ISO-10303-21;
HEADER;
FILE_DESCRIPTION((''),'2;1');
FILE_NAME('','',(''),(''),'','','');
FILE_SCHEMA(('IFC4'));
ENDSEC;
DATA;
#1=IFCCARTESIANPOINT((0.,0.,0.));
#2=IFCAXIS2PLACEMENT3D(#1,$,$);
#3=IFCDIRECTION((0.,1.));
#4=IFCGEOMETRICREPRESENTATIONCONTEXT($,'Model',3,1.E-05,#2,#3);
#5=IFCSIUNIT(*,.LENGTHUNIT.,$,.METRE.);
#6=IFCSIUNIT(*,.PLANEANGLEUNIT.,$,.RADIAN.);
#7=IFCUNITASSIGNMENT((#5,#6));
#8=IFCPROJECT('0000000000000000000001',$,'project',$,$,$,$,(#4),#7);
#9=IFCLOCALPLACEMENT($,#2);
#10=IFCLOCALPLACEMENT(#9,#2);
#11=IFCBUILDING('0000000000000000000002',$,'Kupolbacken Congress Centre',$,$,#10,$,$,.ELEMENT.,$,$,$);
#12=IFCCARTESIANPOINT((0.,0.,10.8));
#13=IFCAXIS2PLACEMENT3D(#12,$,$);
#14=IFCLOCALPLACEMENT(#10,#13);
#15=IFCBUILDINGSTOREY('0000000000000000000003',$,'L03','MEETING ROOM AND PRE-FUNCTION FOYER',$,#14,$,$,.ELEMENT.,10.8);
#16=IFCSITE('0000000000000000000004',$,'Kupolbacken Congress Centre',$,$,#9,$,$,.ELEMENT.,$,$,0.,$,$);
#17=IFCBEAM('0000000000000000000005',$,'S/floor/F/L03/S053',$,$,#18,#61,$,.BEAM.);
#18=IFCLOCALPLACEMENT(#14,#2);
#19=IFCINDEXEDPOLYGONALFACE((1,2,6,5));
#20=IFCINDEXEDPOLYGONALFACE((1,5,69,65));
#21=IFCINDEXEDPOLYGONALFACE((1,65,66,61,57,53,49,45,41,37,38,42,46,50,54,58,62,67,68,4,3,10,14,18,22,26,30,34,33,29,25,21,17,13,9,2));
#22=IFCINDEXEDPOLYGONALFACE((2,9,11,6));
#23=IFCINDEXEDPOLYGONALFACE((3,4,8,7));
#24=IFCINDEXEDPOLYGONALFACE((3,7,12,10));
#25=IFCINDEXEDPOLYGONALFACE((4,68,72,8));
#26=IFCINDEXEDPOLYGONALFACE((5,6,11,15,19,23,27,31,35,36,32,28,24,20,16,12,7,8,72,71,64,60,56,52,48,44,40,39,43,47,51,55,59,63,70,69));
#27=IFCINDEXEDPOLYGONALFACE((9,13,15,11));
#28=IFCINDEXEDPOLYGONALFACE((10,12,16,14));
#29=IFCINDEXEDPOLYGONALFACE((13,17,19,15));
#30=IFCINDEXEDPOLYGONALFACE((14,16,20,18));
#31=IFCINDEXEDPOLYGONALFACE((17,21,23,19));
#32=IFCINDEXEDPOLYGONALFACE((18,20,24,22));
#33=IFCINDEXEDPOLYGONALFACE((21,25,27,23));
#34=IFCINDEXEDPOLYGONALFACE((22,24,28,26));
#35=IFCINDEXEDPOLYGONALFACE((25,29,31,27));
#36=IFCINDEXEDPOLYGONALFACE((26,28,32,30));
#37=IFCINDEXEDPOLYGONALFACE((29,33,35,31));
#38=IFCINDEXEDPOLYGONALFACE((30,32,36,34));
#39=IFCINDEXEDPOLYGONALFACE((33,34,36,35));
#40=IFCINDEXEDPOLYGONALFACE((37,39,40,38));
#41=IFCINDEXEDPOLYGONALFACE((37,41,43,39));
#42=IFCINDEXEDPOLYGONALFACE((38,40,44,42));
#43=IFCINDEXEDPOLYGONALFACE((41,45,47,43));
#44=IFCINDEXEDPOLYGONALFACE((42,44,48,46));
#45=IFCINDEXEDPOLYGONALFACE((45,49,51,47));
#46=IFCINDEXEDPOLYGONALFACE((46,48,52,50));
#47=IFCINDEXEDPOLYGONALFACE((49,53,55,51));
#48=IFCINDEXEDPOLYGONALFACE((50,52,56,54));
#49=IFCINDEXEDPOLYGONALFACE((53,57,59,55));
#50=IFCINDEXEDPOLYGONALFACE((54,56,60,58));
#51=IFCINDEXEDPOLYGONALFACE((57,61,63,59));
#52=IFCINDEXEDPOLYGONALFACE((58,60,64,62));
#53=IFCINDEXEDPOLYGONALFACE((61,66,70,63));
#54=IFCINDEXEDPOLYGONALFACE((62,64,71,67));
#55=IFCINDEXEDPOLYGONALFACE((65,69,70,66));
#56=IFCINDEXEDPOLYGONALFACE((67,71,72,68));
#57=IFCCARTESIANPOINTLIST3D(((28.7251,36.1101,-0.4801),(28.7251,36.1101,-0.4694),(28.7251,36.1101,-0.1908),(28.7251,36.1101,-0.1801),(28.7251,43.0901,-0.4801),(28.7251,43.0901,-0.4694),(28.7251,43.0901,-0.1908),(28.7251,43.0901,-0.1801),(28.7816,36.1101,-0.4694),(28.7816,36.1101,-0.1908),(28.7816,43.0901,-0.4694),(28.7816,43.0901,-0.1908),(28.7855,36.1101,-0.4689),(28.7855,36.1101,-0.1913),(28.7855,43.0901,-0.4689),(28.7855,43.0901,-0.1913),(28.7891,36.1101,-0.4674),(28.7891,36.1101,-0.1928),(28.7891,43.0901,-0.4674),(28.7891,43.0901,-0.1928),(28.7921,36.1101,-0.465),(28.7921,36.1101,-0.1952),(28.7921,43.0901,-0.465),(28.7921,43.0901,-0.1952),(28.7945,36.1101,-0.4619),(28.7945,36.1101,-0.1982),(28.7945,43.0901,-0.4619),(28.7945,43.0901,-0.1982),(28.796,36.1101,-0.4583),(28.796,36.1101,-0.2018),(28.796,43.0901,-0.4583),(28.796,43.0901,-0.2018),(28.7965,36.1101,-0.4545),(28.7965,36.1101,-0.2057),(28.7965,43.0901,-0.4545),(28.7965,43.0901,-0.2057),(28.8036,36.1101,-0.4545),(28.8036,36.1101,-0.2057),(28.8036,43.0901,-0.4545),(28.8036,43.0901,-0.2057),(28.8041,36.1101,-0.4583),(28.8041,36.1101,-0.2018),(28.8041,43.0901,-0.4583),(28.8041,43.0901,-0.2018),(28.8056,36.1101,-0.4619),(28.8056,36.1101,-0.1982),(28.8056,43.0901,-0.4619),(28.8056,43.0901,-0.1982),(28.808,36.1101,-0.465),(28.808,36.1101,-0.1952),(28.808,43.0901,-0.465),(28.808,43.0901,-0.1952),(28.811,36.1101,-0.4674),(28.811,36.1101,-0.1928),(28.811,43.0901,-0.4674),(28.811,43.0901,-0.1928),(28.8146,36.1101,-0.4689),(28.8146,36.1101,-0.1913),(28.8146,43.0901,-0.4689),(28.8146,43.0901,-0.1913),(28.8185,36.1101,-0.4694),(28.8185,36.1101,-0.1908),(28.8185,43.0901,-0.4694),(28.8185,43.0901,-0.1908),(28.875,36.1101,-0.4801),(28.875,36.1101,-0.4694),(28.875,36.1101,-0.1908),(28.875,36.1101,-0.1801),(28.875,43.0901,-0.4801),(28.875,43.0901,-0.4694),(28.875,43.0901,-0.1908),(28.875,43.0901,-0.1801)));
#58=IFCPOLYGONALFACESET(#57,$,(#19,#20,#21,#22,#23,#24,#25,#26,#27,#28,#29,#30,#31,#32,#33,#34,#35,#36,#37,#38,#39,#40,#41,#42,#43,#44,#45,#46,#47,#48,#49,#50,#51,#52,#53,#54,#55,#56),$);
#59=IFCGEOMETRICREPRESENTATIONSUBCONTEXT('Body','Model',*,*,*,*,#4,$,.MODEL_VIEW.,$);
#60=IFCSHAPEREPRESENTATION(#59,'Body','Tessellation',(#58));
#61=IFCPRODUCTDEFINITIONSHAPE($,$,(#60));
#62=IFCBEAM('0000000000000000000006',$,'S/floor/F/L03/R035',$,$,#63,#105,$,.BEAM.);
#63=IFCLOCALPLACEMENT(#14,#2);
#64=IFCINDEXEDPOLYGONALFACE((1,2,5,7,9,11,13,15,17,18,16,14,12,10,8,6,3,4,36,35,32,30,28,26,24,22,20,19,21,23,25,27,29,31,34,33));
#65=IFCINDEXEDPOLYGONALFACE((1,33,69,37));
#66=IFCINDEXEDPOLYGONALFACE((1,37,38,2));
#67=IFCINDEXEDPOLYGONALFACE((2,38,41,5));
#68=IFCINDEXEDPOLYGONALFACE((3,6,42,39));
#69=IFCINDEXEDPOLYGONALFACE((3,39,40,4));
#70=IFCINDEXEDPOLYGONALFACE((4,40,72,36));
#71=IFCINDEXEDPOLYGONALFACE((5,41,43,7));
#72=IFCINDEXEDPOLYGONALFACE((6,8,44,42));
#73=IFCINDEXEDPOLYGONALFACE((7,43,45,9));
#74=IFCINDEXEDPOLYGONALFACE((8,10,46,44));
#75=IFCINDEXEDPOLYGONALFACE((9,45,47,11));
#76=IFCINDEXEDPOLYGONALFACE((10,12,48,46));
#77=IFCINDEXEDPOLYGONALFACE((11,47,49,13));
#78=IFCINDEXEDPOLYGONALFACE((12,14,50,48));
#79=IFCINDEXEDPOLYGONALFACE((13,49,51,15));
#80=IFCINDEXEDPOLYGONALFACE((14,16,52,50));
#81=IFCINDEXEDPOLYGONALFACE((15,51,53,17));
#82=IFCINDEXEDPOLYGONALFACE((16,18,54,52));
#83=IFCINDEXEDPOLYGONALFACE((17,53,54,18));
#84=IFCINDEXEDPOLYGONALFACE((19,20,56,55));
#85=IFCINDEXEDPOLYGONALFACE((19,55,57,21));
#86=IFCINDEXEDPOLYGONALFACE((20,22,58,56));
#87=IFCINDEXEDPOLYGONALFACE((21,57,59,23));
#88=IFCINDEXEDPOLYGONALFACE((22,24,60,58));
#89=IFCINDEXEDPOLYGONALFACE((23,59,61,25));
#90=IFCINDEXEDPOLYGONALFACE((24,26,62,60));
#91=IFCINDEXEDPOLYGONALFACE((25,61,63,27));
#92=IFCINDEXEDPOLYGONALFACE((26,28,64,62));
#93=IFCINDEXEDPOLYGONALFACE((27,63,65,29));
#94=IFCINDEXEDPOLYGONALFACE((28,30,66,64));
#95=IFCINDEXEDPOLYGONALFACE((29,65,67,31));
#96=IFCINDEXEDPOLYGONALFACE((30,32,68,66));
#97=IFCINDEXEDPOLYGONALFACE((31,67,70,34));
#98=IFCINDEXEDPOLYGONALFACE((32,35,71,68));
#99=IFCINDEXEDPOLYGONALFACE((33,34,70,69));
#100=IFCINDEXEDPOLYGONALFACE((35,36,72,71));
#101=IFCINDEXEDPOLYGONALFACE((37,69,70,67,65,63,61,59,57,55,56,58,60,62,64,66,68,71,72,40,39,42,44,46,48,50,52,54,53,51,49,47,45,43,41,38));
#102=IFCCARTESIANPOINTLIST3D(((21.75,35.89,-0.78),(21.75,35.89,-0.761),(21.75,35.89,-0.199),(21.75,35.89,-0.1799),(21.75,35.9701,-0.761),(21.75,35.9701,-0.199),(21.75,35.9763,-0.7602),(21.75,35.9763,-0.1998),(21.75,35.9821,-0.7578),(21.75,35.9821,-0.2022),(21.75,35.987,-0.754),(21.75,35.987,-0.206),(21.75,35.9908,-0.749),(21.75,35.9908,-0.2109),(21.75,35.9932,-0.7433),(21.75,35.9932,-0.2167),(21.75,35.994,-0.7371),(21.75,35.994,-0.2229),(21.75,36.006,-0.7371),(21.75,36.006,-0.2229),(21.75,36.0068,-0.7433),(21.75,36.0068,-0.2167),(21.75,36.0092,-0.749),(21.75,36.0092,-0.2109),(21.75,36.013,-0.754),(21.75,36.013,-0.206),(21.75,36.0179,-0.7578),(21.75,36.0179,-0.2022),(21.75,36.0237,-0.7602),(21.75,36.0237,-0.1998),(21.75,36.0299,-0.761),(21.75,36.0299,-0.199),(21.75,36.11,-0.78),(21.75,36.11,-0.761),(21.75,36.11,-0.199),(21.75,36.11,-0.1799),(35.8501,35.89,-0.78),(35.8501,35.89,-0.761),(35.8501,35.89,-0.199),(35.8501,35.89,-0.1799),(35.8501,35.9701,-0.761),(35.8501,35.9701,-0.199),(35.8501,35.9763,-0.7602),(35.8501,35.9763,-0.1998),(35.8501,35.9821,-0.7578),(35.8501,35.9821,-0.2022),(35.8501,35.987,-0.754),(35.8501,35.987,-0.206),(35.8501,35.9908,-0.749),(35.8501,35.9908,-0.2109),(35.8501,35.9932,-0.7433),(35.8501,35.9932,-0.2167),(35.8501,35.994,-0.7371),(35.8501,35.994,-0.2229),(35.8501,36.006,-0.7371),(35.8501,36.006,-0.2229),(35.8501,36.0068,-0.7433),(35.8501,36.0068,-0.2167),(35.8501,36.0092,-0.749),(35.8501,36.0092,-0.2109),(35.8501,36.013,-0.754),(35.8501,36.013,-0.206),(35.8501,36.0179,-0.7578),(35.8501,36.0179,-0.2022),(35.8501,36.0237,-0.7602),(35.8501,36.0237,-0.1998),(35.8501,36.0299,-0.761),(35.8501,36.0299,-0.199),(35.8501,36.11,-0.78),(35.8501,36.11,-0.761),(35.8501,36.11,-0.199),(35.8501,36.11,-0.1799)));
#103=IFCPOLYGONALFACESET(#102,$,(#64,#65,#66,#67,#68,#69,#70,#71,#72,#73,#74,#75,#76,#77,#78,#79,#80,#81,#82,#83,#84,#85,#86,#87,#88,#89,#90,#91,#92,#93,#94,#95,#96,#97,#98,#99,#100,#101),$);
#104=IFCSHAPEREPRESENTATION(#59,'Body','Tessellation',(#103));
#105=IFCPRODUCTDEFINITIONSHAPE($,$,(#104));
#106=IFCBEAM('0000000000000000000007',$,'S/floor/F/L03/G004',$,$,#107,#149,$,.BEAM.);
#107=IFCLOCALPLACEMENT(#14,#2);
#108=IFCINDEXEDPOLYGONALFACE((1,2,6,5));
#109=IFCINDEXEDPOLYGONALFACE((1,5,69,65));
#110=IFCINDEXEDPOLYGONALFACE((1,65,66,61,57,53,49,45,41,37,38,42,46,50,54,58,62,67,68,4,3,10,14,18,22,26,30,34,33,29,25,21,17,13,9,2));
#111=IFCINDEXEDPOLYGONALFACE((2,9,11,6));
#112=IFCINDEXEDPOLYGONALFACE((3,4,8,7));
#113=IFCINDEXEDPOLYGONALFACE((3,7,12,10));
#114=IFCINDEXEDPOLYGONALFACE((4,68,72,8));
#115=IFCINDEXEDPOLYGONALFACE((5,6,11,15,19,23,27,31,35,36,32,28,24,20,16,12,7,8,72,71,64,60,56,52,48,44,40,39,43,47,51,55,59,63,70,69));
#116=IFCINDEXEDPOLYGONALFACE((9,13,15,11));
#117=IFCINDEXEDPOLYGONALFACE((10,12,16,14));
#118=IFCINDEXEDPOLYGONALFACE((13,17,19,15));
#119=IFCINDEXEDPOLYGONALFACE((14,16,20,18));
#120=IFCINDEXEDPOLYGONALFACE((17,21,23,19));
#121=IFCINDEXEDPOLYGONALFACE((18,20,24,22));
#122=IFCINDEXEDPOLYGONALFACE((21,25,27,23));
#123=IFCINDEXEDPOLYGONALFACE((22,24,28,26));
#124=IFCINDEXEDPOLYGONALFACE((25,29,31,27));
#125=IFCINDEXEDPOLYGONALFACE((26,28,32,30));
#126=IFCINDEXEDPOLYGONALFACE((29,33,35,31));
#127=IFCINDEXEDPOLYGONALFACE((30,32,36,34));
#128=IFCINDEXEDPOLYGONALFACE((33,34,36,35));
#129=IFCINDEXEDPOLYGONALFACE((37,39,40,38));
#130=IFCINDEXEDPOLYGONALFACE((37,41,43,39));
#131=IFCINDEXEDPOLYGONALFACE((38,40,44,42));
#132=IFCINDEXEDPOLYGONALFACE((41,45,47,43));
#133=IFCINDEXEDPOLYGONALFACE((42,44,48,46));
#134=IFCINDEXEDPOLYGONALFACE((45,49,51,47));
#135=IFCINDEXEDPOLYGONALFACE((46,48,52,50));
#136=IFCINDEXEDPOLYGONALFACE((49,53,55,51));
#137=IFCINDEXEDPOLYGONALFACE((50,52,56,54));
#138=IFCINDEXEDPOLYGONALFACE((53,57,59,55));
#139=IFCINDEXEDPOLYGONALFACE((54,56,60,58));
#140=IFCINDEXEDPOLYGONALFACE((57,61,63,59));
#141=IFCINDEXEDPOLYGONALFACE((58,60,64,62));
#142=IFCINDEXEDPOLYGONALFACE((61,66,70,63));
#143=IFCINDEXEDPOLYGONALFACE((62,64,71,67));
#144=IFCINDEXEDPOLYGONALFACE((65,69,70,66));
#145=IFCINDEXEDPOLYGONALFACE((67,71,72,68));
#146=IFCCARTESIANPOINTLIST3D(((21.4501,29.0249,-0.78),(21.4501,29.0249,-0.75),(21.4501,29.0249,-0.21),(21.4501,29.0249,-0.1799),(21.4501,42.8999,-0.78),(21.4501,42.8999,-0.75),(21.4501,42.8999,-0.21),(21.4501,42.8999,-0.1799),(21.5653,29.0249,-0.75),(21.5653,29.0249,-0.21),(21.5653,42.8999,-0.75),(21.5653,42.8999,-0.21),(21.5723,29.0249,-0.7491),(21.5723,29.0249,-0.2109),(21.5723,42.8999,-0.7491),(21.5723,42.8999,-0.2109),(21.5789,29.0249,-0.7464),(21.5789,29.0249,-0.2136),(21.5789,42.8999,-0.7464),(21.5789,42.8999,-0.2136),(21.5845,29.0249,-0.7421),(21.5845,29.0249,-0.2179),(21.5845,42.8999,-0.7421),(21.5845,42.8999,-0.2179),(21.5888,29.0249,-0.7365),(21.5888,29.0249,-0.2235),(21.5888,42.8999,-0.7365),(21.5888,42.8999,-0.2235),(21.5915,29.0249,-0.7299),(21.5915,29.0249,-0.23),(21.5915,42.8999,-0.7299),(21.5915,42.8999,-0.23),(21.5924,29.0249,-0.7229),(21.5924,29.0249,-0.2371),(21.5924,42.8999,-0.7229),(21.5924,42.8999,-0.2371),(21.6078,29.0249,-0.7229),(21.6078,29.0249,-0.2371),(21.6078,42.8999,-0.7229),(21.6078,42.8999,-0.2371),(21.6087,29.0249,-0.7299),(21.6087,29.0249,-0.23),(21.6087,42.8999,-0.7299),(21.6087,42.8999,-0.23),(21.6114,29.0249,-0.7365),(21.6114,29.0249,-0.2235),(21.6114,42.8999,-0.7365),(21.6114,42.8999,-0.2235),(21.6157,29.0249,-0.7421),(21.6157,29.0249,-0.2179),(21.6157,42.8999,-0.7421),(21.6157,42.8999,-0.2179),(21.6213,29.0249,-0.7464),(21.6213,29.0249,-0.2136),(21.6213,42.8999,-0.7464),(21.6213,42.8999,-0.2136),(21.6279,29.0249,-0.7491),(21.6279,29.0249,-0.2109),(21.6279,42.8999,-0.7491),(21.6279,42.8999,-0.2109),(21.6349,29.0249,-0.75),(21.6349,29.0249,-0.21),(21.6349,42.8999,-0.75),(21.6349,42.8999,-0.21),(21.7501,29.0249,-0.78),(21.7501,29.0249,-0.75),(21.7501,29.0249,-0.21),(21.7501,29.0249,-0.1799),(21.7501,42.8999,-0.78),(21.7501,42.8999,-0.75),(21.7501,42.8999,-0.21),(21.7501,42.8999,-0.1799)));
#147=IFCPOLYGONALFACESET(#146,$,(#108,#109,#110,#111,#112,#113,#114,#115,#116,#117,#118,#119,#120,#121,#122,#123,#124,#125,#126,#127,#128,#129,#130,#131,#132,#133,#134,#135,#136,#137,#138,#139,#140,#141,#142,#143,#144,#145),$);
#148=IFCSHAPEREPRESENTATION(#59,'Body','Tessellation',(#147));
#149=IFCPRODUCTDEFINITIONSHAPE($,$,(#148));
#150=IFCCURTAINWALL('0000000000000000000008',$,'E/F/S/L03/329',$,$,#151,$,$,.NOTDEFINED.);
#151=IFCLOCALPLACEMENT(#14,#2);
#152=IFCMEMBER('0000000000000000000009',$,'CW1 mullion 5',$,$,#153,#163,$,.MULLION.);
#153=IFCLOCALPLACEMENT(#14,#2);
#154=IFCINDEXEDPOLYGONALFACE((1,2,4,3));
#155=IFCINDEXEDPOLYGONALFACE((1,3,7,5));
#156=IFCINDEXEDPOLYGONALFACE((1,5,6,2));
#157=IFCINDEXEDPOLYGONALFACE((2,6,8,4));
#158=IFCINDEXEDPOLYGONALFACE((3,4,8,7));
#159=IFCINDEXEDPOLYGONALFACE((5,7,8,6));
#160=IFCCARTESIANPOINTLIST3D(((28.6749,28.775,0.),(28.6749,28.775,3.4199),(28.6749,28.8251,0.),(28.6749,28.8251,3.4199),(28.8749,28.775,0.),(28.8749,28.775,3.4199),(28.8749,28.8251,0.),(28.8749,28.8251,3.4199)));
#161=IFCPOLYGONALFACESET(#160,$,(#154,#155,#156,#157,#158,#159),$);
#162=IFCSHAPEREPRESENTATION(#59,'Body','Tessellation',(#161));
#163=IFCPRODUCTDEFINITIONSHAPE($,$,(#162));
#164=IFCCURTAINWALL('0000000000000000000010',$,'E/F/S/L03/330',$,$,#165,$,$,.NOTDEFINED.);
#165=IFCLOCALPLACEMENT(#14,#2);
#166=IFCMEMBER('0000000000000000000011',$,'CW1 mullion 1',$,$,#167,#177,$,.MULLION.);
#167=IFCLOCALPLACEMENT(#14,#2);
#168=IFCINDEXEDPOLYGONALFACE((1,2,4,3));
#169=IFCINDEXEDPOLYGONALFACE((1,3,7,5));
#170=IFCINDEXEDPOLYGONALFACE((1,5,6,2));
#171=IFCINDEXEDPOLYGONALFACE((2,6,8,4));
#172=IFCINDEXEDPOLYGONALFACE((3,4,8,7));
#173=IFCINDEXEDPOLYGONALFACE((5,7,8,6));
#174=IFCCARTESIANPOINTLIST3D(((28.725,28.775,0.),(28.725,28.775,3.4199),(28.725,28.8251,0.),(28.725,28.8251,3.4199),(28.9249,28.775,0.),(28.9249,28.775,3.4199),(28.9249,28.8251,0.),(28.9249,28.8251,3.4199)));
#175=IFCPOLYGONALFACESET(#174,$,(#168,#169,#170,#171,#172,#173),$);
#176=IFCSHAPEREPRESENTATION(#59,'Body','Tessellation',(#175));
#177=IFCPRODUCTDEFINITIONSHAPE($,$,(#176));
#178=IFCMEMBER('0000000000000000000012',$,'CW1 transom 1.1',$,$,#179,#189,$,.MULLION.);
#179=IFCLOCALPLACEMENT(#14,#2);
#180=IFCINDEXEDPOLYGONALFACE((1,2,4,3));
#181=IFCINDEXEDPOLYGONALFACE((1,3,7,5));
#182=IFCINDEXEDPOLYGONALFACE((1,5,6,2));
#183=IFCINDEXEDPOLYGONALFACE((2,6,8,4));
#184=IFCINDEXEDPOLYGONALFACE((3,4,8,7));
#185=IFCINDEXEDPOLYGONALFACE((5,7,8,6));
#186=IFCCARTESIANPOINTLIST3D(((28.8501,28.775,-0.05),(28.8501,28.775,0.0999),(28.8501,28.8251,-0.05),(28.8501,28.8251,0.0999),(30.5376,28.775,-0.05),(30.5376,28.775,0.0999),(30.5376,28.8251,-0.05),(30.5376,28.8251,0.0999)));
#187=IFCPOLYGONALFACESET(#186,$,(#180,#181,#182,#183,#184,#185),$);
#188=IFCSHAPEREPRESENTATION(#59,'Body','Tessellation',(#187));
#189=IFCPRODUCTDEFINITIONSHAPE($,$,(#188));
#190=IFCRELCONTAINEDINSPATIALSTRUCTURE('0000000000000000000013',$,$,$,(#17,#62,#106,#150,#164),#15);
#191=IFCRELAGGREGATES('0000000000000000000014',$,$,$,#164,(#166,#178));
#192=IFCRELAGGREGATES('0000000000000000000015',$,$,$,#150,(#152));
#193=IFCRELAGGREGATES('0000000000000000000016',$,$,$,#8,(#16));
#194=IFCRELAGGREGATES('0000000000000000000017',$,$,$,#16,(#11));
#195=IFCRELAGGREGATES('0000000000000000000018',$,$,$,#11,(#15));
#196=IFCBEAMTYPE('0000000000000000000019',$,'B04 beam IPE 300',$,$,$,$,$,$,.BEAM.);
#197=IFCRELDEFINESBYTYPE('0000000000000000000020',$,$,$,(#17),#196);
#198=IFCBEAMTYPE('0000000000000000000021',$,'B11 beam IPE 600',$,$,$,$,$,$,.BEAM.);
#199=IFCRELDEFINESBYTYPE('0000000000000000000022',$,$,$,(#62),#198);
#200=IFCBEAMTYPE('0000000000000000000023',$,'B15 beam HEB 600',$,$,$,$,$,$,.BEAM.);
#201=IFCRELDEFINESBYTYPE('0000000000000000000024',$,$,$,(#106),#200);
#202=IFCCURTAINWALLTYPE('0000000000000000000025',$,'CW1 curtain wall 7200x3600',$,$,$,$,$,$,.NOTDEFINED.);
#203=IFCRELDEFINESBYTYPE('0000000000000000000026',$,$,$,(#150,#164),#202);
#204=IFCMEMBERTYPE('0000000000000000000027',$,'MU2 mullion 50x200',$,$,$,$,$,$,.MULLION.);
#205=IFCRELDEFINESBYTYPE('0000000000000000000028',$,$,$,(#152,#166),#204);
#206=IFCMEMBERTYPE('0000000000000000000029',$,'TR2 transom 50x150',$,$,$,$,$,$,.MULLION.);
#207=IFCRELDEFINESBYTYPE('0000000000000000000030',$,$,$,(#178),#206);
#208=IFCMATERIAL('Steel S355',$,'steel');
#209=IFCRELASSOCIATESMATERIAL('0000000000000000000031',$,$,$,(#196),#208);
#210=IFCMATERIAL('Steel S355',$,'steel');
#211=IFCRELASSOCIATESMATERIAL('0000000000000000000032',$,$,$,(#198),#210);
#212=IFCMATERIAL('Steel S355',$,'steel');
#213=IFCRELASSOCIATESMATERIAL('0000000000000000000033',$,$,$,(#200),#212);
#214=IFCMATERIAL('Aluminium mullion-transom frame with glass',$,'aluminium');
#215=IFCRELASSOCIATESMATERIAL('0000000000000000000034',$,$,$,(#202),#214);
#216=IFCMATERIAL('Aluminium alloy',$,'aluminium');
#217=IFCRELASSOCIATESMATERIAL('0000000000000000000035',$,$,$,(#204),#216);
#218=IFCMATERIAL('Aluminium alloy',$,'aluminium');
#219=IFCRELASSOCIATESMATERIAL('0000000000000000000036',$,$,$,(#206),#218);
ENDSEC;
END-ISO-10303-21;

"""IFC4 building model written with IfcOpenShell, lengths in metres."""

from ifc_helpers import new_model, si_unit, direction, frame, origin, origin_2d, place, context, subcontext, project, spatial, rectangle, i_section, extrude, material, material_profile, profile_set, type_object, element, aggregate, save


model = new_model("IFC4")

# Units and contexts
model_context = context("Model", 3, precision=1e-05, world=origin(), true_north=direction((0.0, 1.0)))
body_context = subcontext(model_context, "Body", "Model", "MODEL_VIEW")
ifc_project = project(units=[si_unit("LENGTHUNIT", "METRE"), si_unit("PLANEANGLEUNIT", "RADIAN")], contexts=[model_context])

# Site, building, storey
site_placement = place(None, origin())
site = spatial("IfcSite", under=ifc_project, at=site_placement, Name="Kupolbacken Congress Centre", CompositionType="ELEMENT", RefElevation=0.0)
building_placement = place(site_placement, origin())
building = spatial("IfcBuilding", under=site, at=building_placement, Name="Kupolbacken Congress Centre", CompositionType="ELEMENT")
storey_placement = place(building_placement, frame((0.0, 0.0, 10.8)))
storey = spatial("IfcBuildingStorey", under=building, at=storey_placement, Name="L03", Description="MEETING ROOM AND PRE-FUNCTION FOYER", CompositionType="ELEMENT", Elevation=10.8)

# Beams
ifc_material_1 = material(Name="Steel S355", Category="steel")
ifc_material_profile_1 = material_profile(ifc_material_1, i_section(OverallWidth=0.1499, OverallDepth=0.3, WebThickness=0.0071, FlangeThickness=0.0107, FilletRadius=0.0149, at=origin_2d()), Name="IPE 300")
ifc_profile_set_1 = profile_set([ifc_material_profile_1], Name="Steel S355")
beam_type_1 = type_object("IfcBeamType", Name="B04 beam IPE 300", PredefinedType="BEAM", material=ifc_profile_set_1)
for number, where, z_axis, x_axis, name in (
    (1, (28.8, 36.1101, -0.3301), (0.0, 1.0, 0.0), (-1.0, 0.0, 0.0), "S/floor/F/L03/S053"),
):
    element("IfcBeam", number, at=place(storey_placement, frame(where, z_axis=z_axis, x_axis=x_axis)), inside=storey, type_object=beam_type_1, Name=name, PredefinedType="BEAM", context=body_context, shape_type="SweptSolid", body=[
        extrude(i_section(OverallWidth=0.1499, OverallDepth=0.3, WebThickness=0.0071, FlangeThickness=0.0107, FilletRadius=0.0149, at=origin_2d()), origin(), (0.0, 0.0, 1.0), 6.98),
    ])
ifc_material_2 = material(Name="Steel S355", Category="steel")
ifc_material_profile_2 = material_profile(ifc_material_2, i_section(OverallWidth=0.22, OverallDepth=0.6001, WebThickness=0.012, FlangeThickness=0.019, FilletRadius=0.0239, at=origin_2d()), Name="IPE 600")
ifc_profile_set_2 = profile_set([ifc_material_profile_2], Name="Steel S355")
beam_type_2 = type_object("IfcBeamType", Name="B11 beam IPE 600", PredefinedType="BEAM", material=ifc_profile_set_2)
beam_1_placement = place(storey_placement, frame((21.75, 36.0, -0.48), z_axis=(1.0, 0.0, 0.0), x_axis=(0.0, 1.0, 0.0)))
element("IfcBeam", 2, at=beam_1_placement, inside=storey, type_object=beam_type_2, Name="S/floor/F/L03/R035", PredefinedType="BEAM", context=body_context, shape_type="SweptSolid", body=[
    extrude(i_section(OverallWidth=0.22, OverallDepth=0.6001, WebThickness=0.012, FlangeThickness=0.019, FilletRadius=0.0239, at=origin_2d()), origin(), (0.0, 0.0, 1.0), 14.1001),
])
ifc_material_3 = material(Name="Steel S355", Category="steel")
ifc_material_profile_3 = material_profile(ifc_material_3, i_section(OverallWidth=0.3, OverallDepth=0.6001, WebThickness=0.0154, FlangeThickness=0.03, FilletRadius=0.0271, at=origin_2d()), Name="HEB 600")
ifc_profile_set_3 = profile_set([ifc_material_profile_3], Name="Steel S355")
beam_type_3 = type_object("IfcBeamType", Name="B15 beam HEB 600", PredefinedType="BEAM", material=ifc_profile_set_3)
beam_2_placement = place(storey_placement, frame((21.6001, 29.0249, -0.48), z_axis=(0.0, 1.0, 0.0), x_axis=(-1.0, 0.0, 0.0)))
element("IfcBeam", 3, at=beam_2_placement, inside=storey, type_object=beam_type_3, Name="S/floor/F/L03/G004", PredefinedType="BEAM", context=body_context, shape_type="SweptSolid", body=[
    extrude(i_section(OverallWidth=0.3, OverallDepth=0.6001, WebThickness=0.0154, FlangeThickness=0.03, FilletRadius=0.0271, at=origin_2d()), origin(), (0.0, 0.0, 1.0), 13.875),
])

# Curtain wall, member
ifc_material_4 = material(Name="Aluminium mullion-transom frame with glass", Category="aluminium")
curtain_wall_type = type_object("IfcCurtainWallType", Name="CW1 curtain wall 7200x3600", PredefinedType="NOTDEFINED", material=ifc_material_4)
curtain_wall_1_placement = place(storey_placement, origin())
curtain_wall_1 = element("IfcCurtainWall", 4, at=curtain_wall_1_placement, inside=storey, type_object=curtain_wall_type, Name="E/F/S/L03/329", PredefinedType="NOTDEFINED")
ifc_material_5 = material(Name="Aluminium alloy", Category="aluminium")
ifc_material_profile_4 = material_profile(ifc_material_5, rectangle(XDim=0.05, YDim=0.2, at=origin_2d()), Name="50 x 200")
ifc_profile_set_4 = profile_set([ifc_material_profile_4], Name="Aluminium alloy")
member_type_1 = type_object("IfcMemberType", Name="MU2 mullion 50x200", PredefinedType="MULLION", material=ifc_profile_set_4)
member_1_placement = place(storey_placement, frame((28.7749, 28.8, 0.0), z_axis=(0.0, 0.0, 1.0), x_axis=(0.0, 1.0, 0.0)))
member_1 = element("IfcMember", 5, at=member_1_placement, type_object=member_type_1, Name="CW1 mullion 5", PredefinedType="MULLION", context=body_context, shape_type="SweptSolid", body=[
    extrude(rectangle(XDim=0.05, YDim=0.2, at=origin_2d()), origin(), (0.0, 0.0, 1.0), 3.4199),
])

# Curtain wall, members
curtain_wall_2_placement = place(storey_placement, origin())
curtain_wall_2 = element("IfcCurtainWall", 6, at=curtain_wall_2_placement, inside=storey, type_object=curtain_wall_type, Name="E/F/S/L03/330", PredefinedType="NOTDEFINED")
member_2_placement = place(storey_placement, frame((28.825, 28.8, 0.0), z_axis=(0.0, 0.0, 1.0), x_axis=(0.0, 1.0, 0.0)))
member_2 = element("IfcMember", 7, at=member_2_placement, type_object=member_type_1, Name="CW1 mullion 1", PredefinedType="MULLION", context=body_context, shape_type="SweptSolid", body=[
    extrude(rectangle(XDim=0.05, YDim=0.2, at=origin_2d()), origin(), (0.0, 0.0, 1.0), 3.4199),
])
ifc_material_6 = material(Name="Aluminium alloy", Category="aluminium")
ifc_material_profile_5 = material_profile(ifc_material_6, rectangle(XDim=0.05, YDim=0.1499, at=origin_2d()), Name="50 x 150")
ifc_profile_set_5 = profile_set([ifc_material_profile_5], Name="Aluminium alloy")
member_type_2 = type_object("IfcMemberType", Name="TR2 transom 50x150", PredefinedType="MULLION", material=ifc_profile_set_5)
member_3_placement = place(storey_placement, frame((28.8501, 28.8, 0.0249), z_axis=(1.0, 0.0, 0.0), x_axis=(0.0, 1.0, 0.0)))
member_3 = element("IfcMember", 8, at=member_3_placement, type_object=member_type_2, Name="CW1 transom 1.1", PredefinedType="MULLION", context=body_context, shape_type="SweptSolid", body=[
    extrude(rectangle(XDim=0.05, YDim=0.1499, at=origin_2d()), origin(), (0.0, 0.0, 1.0), 1.6875),
])
aggregate(curtain_wall_2, [member_2, member_3])

aggregate(curtain_wall_1, [member_1])

save(model, "model.ifc")
